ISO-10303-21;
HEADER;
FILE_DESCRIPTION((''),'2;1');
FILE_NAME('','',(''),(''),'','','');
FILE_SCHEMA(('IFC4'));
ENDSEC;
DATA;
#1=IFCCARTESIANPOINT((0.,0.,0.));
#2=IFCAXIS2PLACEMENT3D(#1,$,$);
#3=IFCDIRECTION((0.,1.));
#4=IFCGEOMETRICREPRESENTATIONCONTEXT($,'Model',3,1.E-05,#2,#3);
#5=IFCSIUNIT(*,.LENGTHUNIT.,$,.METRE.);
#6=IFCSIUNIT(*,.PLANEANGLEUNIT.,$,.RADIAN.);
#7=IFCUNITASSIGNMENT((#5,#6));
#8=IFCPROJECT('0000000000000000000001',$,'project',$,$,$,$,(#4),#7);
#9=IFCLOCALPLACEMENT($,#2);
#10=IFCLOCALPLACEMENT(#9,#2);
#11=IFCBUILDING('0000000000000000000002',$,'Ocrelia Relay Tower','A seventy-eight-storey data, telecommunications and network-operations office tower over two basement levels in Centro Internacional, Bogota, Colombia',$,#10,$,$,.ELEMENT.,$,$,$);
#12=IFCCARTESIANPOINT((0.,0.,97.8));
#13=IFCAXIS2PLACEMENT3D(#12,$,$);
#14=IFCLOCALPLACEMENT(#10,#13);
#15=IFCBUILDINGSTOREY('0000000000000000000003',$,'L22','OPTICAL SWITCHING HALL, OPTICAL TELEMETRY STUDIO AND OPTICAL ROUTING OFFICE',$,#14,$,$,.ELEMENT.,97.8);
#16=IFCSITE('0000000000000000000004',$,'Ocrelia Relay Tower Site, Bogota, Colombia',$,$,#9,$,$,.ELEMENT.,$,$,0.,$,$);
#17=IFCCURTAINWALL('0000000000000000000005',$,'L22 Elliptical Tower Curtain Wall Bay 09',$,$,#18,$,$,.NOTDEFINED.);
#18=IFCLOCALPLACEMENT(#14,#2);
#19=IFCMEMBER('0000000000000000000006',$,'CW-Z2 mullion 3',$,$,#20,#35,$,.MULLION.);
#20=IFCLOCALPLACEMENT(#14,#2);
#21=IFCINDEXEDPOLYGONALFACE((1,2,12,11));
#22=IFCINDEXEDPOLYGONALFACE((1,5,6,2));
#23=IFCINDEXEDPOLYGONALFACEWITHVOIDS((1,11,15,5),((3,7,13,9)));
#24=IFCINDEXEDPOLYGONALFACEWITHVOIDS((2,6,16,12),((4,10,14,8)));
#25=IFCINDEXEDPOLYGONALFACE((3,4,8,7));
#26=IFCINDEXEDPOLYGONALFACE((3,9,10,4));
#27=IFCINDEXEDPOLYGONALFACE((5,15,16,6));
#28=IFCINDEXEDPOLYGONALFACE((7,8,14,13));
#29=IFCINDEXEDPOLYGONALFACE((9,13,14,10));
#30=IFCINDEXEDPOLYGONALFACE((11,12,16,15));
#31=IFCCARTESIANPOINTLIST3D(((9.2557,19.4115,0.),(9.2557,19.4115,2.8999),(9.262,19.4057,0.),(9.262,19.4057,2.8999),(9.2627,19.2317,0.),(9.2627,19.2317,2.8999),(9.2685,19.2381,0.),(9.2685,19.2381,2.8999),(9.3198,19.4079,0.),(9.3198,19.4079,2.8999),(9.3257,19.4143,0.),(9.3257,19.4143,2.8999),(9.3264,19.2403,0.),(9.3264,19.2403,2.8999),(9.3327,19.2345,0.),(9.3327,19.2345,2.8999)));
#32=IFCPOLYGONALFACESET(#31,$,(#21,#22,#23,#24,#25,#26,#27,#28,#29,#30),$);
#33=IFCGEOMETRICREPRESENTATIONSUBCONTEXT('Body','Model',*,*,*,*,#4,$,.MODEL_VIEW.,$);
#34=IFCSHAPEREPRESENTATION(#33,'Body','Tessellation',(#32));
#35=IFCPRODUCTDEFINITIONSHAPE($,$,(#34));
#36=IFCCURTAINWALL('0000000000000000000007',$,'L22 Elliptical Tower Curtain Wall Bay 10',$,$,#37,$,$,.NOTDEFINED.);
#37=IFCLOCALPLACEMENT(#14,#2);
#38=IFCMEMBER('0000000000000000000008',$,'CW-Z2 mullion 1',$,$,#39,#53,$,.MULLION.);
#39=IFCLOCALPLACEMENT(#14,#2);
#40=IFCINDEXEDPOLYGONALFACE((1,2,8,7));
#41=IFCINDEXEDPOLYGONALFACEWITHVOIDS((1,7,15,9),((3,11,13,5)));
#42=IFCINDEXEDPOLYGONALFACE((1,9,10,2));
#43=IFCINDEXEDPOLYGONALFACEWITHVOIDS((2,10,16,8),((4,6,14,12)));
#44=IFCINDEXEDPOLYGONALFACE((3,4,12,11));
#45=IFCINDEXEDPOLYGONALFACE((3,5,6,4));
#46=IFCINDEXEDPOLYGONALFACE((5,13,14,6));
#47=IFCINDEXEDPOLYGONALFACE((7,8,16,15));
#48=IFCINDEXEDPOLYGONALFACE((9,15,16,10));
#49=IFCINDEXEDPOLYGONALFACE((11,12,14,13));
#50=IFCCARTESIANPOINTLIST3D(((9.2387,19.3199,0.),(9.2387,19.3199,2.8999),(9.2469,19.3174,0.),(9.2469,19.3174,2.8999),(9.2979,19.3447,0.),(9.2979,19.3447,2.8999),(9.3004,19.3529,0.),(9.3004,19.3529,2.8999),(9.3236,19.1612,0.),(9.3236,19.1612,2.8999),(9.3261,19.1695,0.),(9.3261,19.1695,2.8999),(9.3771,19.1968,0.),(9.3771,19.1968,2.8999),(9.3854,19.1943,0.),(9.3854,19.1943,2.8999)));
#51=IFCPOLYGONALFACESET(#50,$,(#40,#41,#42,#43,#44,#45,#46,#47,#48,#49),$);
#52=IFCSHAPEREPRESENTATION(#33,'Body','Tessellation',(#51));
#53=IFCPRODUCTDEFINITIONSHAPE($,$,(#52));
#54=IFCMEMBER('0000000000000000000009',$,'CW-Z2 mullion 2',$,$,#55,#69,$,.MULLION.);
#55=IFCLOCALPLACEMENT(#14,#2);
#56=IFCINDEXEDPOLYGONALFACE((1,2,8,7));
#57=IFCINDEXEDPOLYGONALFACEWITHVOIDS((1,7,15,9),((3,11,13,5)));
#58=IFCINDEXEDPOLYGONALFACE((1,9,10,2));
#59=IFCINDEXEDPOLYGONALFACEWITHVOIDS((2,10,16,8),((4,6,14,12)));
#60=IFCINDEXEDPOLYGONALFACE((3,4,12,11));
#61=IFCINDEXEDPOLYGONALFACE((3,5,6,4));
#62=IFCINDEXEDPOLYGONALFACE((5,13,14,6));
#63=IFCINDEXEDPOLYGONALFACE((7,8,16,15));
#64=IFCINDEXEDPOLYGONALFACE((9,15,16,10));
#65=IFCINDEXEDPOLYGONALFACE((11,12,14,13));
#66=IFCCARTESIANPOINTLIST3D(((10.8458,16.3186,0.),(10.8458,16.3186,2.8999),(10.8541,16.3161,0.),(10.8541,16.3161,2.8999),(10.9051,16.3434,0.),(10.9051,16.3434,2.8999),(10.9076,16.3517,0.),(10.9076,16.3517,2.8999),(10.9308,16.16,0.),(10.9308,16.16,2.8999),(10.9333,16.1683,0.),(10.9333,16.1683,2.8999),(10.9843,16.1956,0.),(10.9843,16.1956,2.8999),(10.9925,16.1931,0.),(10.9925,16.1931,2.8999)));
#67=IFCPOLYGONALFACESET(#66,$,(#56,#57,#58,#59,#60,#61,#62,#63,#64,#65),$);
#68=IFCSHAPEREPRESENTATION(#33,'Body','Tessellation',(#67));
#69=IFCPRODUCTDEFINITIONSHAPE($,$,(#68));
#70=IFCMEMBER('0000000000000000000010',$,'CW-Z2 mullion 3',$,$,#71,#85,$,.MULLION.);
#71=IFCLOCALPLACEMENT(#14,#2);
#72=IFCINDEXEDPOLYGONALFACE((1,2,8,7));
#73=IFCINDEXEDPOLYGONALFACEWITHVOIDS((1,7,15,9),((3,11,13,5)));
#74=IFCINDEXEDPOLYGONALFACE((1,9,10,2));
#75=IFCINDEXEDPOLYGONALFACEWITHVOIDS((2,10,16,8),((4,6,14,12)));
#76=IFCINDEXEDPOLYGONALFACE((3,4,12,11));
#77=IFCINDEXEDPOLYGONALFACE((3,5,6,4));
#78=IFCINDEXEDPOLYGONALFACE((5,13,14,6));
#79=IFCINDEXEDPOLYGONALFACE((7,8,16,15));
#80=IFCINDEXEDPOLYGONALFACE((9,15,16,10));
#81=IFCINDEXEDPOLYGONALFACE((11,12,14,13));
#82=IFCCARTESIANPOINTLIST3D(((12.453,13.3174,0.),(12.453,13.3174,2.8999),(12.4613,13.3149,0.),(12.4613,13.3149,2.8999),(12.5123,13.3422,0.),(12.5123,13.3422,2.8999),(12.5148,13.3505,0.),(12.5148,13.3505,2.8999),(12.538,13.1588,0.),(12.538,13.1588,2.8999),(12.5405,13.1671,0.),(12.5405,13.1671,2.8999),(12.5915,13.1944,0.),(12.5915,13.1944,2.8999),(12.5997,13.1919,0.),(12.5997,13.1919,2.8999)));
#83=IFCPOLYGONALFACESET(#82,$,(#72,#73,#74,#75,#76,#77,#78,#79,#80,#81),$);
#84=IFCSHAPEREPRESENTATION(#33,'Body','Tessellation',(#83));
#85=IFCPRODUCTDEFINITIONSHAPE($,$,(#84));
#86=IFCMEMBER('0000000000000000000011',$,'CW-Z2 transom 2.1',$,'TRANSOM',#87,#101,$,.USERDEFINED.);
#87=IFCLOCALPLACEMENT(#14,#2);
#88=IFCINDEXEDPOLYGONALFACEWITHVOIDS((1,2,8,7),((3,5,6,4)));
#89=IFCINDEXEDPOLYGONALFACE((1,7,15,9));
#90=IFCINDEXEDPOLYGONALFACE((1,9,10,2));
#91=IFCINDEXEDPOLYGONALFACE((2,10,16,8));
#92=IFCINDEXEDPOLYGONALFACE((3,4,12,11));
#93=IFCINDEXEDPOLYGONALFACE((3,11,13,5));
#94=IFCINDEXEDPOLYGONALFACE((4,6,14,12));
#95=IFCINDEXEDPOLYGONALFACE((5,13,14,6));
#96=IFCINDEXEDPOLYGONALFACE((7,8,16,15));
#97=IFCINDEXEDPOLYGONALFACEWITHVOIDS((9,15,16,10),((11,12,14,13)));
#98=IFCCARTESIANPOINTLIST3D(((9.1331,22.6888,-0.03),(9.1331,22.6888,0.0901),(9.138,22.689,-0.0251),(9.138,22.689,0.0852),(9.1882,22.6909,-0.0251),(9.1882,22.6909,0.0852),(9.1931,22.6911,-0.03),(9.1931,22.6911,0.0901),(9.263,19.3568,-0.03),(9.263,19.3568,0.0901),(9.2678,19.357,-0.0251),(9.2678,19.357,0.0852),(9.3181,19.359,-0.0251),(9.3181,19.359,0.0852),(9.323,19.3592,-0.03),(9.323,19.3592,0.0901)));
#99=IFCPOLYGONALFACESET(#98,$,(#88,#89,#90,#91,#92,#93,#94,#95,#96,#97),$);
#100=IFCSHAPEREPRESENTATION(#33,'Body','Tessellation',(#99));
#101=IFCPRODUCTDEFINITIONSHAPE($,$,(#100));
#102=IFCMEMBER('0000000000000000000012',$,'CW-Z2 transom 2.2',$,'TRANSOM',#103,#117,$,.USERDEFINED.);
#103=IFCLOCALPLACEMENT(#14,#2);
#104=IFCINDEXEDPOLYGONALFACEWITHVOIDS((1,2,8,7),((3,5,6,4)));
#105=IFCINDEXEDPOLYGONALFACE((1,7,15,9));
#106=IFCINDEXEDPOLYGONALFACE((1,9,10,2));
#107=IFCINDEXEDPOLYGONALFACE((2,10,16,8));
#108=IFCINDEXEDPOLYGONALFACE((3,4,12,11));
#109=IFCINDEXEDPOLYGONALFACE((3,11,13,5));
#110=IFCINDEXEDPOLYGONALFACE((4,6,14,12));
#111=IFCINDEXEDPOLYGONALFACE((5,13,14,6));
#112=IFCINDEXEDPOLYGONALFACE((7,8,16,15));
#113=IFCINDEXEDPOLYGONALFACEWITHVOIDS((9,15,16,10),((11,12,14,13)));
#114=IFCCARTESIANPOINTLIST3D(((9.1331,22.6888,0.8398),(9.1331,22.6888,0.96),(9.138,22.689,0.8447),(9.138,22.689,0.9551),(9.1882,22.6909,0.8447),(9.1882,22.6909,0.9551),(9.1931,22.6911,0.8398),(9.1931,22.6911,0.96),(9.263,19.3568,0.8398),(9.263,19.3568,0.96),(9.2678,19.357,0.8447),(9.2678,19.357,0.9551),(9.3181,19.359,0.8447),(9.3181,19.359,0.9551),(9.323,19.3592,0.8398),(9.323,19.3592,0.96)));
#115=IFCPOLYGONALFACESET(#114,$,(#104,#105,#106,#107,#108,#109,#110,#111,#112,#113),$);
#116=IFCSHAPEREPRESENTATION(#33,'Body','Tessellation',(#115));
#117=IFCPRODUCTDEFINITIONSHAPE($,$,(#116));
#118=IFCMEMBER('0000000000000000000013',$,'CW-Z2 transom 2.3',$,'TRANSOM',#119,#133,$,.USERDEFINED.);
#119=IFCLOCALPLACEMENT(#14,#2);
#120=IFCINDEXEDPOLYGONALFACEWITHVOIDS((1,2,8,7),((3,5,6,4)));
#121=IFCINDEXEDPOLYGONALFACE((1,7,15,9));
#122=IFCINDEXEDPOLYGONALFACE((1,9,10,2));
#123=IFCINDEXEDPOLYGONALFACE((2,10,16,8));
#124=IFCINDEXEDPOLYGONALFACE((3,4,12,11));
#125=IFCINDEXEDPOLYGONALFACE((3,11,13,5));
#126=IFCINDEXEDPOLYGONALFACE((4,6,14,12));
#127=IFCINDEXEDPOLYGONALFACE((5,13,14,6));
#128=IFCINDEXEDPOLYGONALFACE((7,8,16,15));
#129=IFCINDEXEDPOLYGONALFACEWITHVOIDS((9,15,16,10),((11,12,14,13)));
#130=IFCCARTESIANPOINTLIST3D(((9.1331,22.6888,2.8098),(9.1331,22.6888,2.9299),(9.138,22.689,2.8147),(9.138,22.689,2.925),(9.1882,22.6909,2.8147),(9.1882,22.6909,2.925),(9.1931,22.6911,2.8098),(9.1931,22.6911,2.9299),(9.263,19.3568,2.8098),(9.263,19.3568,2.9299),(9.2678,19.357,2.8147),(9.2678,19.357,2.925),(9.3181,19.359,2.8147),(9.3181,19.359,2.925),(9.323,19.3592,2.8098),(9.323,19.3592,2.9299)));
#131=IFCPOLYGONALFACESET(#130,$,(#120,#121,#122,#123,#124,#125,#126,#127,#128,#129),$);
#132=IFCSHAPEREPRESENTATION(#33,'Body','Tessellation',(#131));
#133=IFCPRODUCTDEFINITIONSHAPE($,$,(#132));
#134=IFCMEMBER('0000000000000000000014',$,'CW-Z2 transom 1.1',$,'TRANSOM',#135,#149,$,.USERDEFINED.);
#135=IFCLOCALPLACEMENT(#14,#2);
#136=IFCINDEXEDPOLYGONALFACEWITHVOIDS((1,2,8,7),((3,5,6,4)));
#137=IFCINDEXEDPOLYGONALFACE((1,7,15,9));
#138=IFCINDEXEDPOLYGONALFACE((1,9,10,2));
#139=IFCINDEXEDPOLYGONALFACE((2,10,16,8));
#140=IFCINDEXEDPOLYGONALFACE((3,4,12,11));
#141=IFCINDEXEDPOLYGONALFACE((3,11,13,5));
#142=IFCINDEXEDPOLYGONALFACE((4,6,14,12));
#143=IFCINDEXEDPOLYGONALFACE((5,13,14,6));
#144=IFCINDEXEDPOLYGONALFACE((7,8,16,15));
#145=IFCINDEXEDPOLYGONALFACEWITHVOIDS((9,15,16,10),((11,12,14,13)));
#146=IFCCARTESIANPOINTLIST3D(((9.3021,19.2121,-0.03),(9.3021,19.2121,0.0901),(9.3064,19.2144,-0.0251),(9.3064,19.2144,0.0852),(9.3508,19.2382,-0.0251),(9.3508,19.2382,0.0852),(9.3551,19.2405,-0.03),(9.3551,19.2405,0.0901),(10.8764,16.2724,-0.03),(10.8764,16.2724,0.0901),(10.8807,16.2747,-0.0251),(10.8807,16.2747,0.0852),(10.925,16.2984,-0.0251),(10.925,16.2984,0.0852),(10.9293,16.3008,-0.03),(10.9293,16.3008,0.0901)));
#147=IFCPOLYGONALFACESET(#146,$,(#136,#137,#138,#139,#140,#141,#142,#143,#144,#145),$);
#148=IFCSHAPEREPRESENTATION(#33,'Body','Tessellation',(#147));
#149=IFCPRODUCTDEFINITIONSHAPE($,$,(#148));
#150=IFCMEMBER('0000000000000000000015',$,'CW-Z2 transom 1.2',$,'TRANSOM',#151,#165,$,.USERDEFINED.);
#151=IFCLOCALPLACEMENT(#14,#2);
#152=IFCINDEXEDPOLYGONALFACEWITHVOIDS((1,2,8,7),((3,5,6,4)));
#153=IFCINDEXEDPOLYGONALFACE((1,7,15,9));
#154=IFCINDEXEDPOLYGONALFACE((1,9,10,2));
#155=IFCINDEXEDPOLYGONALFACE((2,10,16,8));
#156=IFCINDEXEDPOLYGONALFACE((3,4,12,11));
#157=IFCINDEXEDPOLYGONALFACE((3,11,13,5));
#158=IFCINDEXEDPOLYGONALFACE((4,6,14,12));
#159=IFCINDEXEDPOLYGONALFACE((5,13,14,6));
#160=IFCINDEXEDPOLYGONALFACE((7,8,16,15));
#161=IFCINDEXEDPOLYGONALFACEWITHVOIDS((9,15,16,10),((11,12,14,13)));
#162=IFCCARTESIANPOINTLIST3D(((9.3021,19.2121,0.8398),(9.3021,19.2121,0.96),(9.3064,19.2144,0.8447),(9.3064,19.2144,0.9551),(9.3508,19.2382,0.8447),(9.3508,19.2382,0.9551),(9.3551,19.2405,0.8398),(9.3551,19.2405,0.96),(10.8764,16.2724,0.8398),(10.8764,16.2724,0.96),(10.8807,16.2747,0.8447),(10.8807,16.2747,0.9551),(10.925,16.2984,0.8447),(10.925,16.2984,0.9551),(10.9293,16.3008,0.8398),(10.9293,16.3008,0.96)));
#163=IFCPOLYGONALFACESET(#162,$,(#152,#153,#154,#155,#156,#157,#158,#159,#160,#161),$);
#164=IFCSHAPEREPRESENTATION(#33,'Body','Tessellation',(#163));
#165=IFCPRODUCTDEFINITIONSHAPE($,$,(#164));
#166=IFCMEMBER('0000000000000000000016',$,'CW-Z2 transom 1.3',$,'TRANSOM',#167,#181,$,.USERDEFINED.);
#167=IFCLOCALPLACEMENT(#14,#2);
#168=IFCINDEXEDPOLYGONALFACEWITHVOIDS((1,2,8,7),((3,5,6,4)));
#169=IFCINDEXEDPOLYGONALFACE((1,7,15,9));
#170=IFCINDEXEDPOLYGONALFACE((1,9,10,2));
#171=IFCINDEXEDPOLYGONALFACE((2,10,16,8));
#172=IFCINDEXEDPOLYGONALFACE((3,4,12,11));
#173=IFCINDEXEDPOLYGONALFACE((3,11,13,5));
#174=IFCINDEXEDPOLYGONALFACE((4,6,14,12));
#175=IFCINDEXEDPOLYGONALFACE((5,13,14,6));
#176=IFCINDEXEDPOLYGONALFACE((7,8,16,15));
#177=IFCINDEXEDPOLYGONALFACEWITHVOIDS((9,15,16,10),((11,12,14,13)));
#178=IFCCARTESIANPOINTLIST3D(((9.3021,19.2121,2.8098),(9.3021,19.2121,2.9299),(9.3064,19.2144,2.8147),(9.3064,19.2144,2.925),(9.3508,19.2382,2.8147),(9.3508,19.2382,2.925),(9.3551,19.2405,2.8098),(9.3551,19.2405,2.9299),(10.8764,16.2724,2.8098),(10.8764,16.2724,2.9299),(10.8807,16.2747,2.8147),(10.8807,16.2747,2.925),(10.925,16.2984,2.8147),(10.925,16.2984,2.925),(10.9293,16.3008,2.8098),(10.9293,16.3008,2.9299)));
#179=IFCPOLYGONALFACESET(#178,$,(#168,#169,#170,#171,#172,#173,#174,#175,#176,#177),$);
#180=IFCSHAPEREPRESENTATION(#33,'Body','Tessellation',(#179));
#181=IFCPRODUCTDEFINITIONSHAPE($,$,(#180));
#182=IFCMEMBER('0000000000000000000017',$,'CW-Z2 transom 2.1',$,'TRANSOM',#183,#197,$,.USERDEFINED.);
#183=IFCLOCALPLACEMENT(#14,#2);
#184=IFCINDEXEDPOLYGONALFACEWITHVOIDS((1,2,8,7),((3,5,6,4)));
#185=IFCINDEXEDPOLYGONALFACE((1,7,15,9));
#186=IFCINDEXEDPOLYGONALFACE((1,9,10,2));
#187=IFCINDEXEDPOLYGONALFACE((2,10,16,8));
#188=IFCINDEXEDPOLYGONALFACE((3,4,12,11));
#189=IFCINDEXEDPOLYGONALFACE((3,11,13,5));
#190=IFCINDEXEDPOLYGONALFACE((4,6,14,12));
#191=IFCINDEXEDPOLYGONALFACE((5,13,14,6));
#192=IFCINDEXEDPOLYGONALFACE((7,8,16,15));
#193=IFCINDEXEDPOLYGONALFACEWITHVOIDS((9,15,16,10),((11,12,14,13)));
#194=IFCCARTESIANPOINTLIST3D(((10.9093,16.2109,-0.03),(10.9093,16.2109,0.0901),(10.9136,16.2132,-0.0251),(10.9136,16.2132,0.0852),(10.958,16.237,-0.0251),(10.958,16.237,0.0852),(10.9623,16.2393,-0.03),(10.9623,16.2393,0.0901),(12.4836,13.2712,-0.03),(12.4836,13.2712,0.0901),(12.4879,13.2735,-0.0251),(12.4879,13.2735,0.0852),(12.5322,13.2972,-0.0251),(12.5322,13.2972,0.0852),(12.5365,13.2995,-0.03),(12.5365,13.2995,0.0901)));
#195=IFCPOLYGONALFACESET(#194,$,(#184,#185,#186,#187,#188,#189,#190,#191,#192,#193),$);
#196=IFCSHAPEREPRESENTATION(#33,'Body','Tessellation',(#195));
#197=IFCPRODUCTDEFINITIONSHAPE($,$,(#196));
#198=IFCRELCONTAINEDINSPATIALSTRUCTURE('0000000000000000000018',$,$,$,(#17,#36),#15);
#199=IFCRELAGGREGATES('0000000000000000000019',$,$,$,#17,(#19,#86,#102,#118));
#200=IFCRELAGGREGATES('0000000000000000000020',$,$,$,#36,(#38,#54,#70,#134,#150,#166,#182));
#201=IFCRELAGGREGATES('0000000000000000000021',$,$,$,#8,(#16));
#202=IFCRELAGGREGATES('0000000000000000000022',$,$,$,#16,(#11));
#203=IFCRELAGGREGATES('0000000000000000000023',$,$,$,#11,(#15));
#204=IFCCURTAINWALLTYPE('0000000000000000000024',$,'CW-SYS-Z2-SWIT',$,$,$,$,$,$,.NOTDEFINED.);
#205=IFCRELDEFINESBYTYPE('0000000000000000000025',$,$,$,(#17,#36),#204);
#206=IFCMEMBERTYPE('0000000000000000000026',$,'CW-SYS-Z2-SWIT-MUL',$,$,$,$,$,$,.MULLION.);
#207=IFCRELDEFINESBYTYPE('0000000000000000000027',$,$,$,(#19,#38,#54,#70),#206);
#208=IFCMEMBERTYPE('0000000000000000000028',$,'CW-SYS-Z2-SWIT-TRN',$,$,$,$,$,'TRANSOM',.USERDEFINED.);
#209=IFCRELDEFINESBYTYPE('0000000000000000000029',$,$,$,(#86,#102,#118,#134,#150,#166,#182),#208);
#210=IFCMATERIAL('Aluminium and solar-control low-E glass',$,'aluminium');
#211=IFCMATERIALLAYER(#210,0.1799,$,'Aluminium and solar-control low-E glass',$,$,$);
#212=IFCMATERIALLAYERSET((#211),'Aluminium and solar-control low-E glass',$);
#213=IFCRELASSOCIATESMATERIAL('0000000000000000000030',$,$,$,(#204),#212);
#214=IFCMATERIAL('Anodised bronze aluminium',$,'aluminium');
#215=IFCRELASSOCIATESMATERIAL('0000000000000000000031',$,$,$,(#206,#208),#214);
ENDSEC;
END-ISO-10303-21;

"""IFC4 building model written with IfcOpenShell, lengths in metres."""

from ifc_helpers import new_model, si_unit, direction, frame, origin, origin_2d, place, context, subcontext, project, spatial, hollow_rectangle, extrude, material, layer, layer_set, material_profile, profile_set, type_object, element, aggregate, save


model = new_model("IFC4")

# Units and contexts
model_context = context("Model", 3, precision=1e-05, world=origin(), true_north=direction((0.0, 1.0)))
body_context = subcontext(model_context, "Body", "Model", "MODEL_VIEW")
ifc_project = project(units=[si_unit("LENGTHUNIT", "METRE"), si_unit("PLANEANGLEUNIT", "RADIAN")], contexts=[model_context])

# Site, building, storey
site_placement = place(None, origin())
site = spatial("IfcSite", under=ifc_project, at=site_placement, Name="Ocrelia Relay Tower Site, Bogota, Colombia", CompositionType="ELEMENT", RefElevation=0.0)
building_placement = place(site_placement, origin())
building = spatial("IfcBuilding", under=site, at=building_placement, Name="Ocrelia Relay Tower", Description="A seventy-eight-storey data, telecommunications and network-operations office tower over two basement levels in Centro Internacional, Bogota, Colombia", CompositionType="ELEMENT")
storey_placement = place(building_placement, frame((0.0, 0.0, 97.8)))
storey = spatial("IfcBuildingStorey", under=building, at=storey_placement, Name="L22", Description="OPTICAL SWITCHING HALL, OPTICAL TELEMETRY STUDIO AND OPTICAL ROUTING OFFICE", CompositionType="ELEMENT", Elevation=97.8)

# Curtain wall, member
ifc_material_1 = material(Name="Aluminium and solar-control low-E glass", Category="aluminium")
ifc_layer_1 = layer(ifc_material_1, 0.1799, Name="Aluminium and solar-control low-E glass")
ifc_layer_set_1 = layer_set([ifc_layer_1], Name="Aluminium and solar-control low-E glass")
curtain_wall_type = type_object("IfcCurtainWallType", Name="CW-SYS-Z2-SWIT", PredefinedType="NOTDEFINED", material=ifc_layer_set_1)
curtain_wall_1_placement = place(storey_placement, origin())
curtain_wall_1 = element("IfcCurtainWall", 1, at=curtain_wall_1_placement, inside=storey, type_object=curtain_wall_type, Name="L22 Elliptical Tower Curtain Wall Bay 09", PredefinedType="NOTDEFINED")
ifc_material_2 = material(Name="Anodised bronze aluminium", Category="aluminium")
ifc_material_profile_1 = material_profile(ifc_material_2, hollow_rectangle(XDim=0.0701, YDim=0.1799, WallThickness=0.0061, at=origin_2d()), Name="CW-MUL-180x70")
ifc_profile_set_1 = profile_set([ifc_material_profile_1], Name="Anodised bronze aluminium")
member_type_1 = type_object("IfcMemberType", Name="CW-SYS-Z2-SWIT-MUL", PredefinedType="MULLION", material=ifc_profile_set_1)
member_1_placement = place(storey_placement, frame((9.2942, 19.323, 0.0), z_axis=(0.0, 0.0, 1.0), x_axis=(0.999242, 0.03893, 0.0)))
member_1 = element("IfcMember", 2, at=member_1_placement, type_object=member_type_1, Name="CW-Z2 mullion 3", PredefinedType="MULLION", context=body_context, shape_type="SweptSolid", body=[
    extrude(hollow_rectangle(XDim=0.0701, YDim=0.1799, WallThickness=0.0061, at=origin_2d()), origin(), (0.0, 0.0, 1.0), 2.8999),
])

# Curtain wall, members
curtain_wall_2_placement = place(storey_placement, origin())
curtain_wall_2 = element("IfcCurtainWall", 3, at=curtain_wall_2_placement, inside=storey, type_object=curtain_wall_type, Name="L22 Elliptical Tower Curtain Wall Bay 10", PredefinedType="NOTDEFINED")
member_2_placement = place(storey_placement, frame((9.312, 19.2571, 0.0), z_axis=(0.0, 0.0, 1.0), x_axis=(0.881561, 0.472071, 0.0)))
member_2 = element("IfcMember", 4, at=member_2_placement, type_object=member_type_1, Name="CW-Z2 mullion 1", PredefinedType="MULLION", context=body_context, shape_type="SweptSolid", body=[
    extrude(hollow_rectangle(XDim=0.0701, YDim=0.1799, WallThickness=0.0061, at=origin_2d()), origin(), (0.0, 0.0, 1.0), 2.8999),
])
member_3_placement = place(storey_placement, frame((10.9192, 16.2559, 0.0), z_axis=(0.0, 0.0, 1.0), x_axis=(0.881561, 0.472071, 0.0)))
member_3 = element("IfcMember", 5, at=member_3_placement, type_object=member_type_1, Name="CW-Z2 mullion 2", PredefinedType="MULLION", context=body_context, shape_type="SweptSolid", body=[
    extrude(hollow_rectangle(XDim=0.0701, YDim=0.1799, WallThickness=0.0061, at=origin_2d()), origin(), (0.0, 0.0, 1.0), 2.8999),
])
member_4_placement = place(storey_placement, frame((12.5264, 13.2546, 0.0), z_axis=(0.0, 0.0, 1.0), x_axis=(0.881561, 0.472071, 0.0)))
member_4 = element("IfcMember", 6, at=member_4_placement, type_object=member_type_1, Name="CW-Z2 mullion 3", PredefinedType="MULLION", context=body_context, shape_type="SweptSolid", body=[
    extrude(hollow_rectangle(XDim=0.0701, YDim=0.1799, WallThickness=0.0061, at=origin_2d()), origin(), (0.0, 0.0, 1.0), 2.8999),
])

# Members
ifc_material_profile_2 = material_profile(ifc_material_2, hollow_rectangle(XDim=0.0601, YDim=0.1201, WallThickness=0.0049, at=origin_2d()), Name="CW-TRN-120x60")
ifc_profile_set_2 = profile_set([ifc_material_profile_2], Name="Anodised bronze aluminium")
member_type_2 = type_object("IfcMemberType", Name="CW-SYS-Z2-SWIT-TRN", ElementType="TRANSOM", PredefinedType="USERDEFINED", material=ifc_profile_set_2)
member_5_placement = place(storey_placement, frame((9.1631, 22.6899, 0.03), z_axis=(0.03895, -0.999241, 0.0), x_axis=(0.999241, 0.03895, 0.0)))
member_5 = element("IfcMember", 7, at=member_5_placement, type_object=member_type_2, Name="CW-Z2 transom 2.1", ObjectType="TRANSOM", PredefinedType="USERDEFINED", context=body_context, shape_type="SweptSolid", body=[
    extrude(hollow_rectangle(XDim=0.0601, YDim=0.1201, WallThickness=0.0049, at=origin_2d()), origin(), (0.0, 0.0, 1.0), 3.3345),
])
member_6_placement = place(storey_placement, frame((9.1631, 22.6899, 0.8999), z_axis=(0.03895, -0.999241, 0.0), x_axis=(0.999241, 0.03895, 0.0)))
member_6 = element("IfcMember", 8, at=member_6_placement, type_object=member_type_2, Name="CW-Z2 transom 2.2", ObjectType="TRANSOM", PredefinedType="USERDEFINED", context=body_context, shape_type="SweptSolid", body=[
    extrude(hollow_rectangle(XDim=0.0601, YDim=0.1201, WallThickness=0.0049, at=origin_2d()), origin(), (0.0, 0.0, 1.0), 3.3345),
])
member_7_placement = place(storey_placement, frame((9.1631, 22.6899, 2.8699), z_axis=(0.03895, -0.999241, 0.0), x_axis=(0.999241, 0.03895, 0.0)))
member_7 = element("IfcMember", 9, at=member_7_placement, type_object=member_type_2, Name="CW-Z2 transom 2.3", ObjectType="TRANSOM", PredefinedType="USERDEFINED", context=body_context, shape_type="SweptSolid", body=[
    extrude(hollow_rectangle(XDim=0.0601, YDim=0.1201, WallThickness=0.0049, at=origin_2d()), origin(), (0.0, 0.0, 1.0), 3.3345),
])
member_8_placement = place(storey_placement, frame((9.3286, 19.2263, 0.03), z_axis=(0.472077, -0.881557, 0.0), x_axis=(0.881557, 0.472077, 0.0)))
member_8 = element("IfcMember", 10, at=member_8_placement, type_object=member_type_2, Name="CW-Z2 transom 1.1", ObjectType="TRANSOM", PredefinedType="USERDEFINED", context=body_context, shape_type="SweptSolid", body=[
    extrude(hollow_rectangle(XDim=0.0601, YDim=0.1201, WallThickness=0.0049, at=origin_2d()), origin(), (0.0, 0.0, 1.0), 3.3347),
])
member_9_placement = place(storey_placement, frame((9.3286, 19.2263, 0.8999), z_axis=(0.472077, -0.881557, 0.0), x_axis=(0.881557, 0.472077, 0.0)))
member_9 = element("IfcMember", 11, at=member_9_placement, type_object=member_type_2, Name="CW-Z2 transom 1.2", ObjectType="TRANSOM", PredefinedType="USERDEFINED", context=body_context, shape_type="SweptSolid", body=[
    extrude(hollow_rectangle(XDim=0.0601, YDim=0.1201, WallThickness=0.0049, at=origin_2d()), origin(), (0.0, 0.0, 1.0), 3.3347),
])
member_10_placement = place(storey_placement, frame((9.3286, 19.2263, 2.8699), z_axis=(0.472077, -0.881557, 0.0), x_axis=(0.881557, 0.472077, 0.0)))
member_10 = element("IfcMember", 12, at=member_10_placement, type_object=member_type_2, Name="CW-Z2 transom 1.3", ObjectType="TRANSOM", PredefinedType="USERDEFINED", context=body_context, shape_type="SweptSolid", body=[
    extrude(hollow_rectangle(XDim=0.0601, YDim=0.1201, WallThickness=0.0049, at=origin_2d()), origin(), (0.0, 0.0, 1.0), 3.3347),
])
member_11_placement = place(storey_placement, frame((10.9358, 16.2251, 0.03), z_axis=(0.472077, -0.881557, 0.0), x_axis=(0.881557, 0.472077, 0.0)))
member_11 = element("IfcMember", 13, at=member_11_placement, type_object=member_type_2, Name="CW-Z2 transom 2.1", ObjectType="TRANSOM", PredefinedType="USERDEFINED", context=body_context, shape_type="SweptSolid", body=[
    extrude(hollow_rectangle(XDim=0.0601, YDim=0.1201, WallThickness=0.0049, at=origin_2d()), origin(), (0.0, 0.0, 1.0), 3.3347),
])

aggregate(curtain_wall_1, [member_1, member_5, member_6, member_7])
aggregate(curtain_wall_2, [member_2, member_3, member_4, member_8, member_9, member_10, member_11])

save(model, "model.ifc")
